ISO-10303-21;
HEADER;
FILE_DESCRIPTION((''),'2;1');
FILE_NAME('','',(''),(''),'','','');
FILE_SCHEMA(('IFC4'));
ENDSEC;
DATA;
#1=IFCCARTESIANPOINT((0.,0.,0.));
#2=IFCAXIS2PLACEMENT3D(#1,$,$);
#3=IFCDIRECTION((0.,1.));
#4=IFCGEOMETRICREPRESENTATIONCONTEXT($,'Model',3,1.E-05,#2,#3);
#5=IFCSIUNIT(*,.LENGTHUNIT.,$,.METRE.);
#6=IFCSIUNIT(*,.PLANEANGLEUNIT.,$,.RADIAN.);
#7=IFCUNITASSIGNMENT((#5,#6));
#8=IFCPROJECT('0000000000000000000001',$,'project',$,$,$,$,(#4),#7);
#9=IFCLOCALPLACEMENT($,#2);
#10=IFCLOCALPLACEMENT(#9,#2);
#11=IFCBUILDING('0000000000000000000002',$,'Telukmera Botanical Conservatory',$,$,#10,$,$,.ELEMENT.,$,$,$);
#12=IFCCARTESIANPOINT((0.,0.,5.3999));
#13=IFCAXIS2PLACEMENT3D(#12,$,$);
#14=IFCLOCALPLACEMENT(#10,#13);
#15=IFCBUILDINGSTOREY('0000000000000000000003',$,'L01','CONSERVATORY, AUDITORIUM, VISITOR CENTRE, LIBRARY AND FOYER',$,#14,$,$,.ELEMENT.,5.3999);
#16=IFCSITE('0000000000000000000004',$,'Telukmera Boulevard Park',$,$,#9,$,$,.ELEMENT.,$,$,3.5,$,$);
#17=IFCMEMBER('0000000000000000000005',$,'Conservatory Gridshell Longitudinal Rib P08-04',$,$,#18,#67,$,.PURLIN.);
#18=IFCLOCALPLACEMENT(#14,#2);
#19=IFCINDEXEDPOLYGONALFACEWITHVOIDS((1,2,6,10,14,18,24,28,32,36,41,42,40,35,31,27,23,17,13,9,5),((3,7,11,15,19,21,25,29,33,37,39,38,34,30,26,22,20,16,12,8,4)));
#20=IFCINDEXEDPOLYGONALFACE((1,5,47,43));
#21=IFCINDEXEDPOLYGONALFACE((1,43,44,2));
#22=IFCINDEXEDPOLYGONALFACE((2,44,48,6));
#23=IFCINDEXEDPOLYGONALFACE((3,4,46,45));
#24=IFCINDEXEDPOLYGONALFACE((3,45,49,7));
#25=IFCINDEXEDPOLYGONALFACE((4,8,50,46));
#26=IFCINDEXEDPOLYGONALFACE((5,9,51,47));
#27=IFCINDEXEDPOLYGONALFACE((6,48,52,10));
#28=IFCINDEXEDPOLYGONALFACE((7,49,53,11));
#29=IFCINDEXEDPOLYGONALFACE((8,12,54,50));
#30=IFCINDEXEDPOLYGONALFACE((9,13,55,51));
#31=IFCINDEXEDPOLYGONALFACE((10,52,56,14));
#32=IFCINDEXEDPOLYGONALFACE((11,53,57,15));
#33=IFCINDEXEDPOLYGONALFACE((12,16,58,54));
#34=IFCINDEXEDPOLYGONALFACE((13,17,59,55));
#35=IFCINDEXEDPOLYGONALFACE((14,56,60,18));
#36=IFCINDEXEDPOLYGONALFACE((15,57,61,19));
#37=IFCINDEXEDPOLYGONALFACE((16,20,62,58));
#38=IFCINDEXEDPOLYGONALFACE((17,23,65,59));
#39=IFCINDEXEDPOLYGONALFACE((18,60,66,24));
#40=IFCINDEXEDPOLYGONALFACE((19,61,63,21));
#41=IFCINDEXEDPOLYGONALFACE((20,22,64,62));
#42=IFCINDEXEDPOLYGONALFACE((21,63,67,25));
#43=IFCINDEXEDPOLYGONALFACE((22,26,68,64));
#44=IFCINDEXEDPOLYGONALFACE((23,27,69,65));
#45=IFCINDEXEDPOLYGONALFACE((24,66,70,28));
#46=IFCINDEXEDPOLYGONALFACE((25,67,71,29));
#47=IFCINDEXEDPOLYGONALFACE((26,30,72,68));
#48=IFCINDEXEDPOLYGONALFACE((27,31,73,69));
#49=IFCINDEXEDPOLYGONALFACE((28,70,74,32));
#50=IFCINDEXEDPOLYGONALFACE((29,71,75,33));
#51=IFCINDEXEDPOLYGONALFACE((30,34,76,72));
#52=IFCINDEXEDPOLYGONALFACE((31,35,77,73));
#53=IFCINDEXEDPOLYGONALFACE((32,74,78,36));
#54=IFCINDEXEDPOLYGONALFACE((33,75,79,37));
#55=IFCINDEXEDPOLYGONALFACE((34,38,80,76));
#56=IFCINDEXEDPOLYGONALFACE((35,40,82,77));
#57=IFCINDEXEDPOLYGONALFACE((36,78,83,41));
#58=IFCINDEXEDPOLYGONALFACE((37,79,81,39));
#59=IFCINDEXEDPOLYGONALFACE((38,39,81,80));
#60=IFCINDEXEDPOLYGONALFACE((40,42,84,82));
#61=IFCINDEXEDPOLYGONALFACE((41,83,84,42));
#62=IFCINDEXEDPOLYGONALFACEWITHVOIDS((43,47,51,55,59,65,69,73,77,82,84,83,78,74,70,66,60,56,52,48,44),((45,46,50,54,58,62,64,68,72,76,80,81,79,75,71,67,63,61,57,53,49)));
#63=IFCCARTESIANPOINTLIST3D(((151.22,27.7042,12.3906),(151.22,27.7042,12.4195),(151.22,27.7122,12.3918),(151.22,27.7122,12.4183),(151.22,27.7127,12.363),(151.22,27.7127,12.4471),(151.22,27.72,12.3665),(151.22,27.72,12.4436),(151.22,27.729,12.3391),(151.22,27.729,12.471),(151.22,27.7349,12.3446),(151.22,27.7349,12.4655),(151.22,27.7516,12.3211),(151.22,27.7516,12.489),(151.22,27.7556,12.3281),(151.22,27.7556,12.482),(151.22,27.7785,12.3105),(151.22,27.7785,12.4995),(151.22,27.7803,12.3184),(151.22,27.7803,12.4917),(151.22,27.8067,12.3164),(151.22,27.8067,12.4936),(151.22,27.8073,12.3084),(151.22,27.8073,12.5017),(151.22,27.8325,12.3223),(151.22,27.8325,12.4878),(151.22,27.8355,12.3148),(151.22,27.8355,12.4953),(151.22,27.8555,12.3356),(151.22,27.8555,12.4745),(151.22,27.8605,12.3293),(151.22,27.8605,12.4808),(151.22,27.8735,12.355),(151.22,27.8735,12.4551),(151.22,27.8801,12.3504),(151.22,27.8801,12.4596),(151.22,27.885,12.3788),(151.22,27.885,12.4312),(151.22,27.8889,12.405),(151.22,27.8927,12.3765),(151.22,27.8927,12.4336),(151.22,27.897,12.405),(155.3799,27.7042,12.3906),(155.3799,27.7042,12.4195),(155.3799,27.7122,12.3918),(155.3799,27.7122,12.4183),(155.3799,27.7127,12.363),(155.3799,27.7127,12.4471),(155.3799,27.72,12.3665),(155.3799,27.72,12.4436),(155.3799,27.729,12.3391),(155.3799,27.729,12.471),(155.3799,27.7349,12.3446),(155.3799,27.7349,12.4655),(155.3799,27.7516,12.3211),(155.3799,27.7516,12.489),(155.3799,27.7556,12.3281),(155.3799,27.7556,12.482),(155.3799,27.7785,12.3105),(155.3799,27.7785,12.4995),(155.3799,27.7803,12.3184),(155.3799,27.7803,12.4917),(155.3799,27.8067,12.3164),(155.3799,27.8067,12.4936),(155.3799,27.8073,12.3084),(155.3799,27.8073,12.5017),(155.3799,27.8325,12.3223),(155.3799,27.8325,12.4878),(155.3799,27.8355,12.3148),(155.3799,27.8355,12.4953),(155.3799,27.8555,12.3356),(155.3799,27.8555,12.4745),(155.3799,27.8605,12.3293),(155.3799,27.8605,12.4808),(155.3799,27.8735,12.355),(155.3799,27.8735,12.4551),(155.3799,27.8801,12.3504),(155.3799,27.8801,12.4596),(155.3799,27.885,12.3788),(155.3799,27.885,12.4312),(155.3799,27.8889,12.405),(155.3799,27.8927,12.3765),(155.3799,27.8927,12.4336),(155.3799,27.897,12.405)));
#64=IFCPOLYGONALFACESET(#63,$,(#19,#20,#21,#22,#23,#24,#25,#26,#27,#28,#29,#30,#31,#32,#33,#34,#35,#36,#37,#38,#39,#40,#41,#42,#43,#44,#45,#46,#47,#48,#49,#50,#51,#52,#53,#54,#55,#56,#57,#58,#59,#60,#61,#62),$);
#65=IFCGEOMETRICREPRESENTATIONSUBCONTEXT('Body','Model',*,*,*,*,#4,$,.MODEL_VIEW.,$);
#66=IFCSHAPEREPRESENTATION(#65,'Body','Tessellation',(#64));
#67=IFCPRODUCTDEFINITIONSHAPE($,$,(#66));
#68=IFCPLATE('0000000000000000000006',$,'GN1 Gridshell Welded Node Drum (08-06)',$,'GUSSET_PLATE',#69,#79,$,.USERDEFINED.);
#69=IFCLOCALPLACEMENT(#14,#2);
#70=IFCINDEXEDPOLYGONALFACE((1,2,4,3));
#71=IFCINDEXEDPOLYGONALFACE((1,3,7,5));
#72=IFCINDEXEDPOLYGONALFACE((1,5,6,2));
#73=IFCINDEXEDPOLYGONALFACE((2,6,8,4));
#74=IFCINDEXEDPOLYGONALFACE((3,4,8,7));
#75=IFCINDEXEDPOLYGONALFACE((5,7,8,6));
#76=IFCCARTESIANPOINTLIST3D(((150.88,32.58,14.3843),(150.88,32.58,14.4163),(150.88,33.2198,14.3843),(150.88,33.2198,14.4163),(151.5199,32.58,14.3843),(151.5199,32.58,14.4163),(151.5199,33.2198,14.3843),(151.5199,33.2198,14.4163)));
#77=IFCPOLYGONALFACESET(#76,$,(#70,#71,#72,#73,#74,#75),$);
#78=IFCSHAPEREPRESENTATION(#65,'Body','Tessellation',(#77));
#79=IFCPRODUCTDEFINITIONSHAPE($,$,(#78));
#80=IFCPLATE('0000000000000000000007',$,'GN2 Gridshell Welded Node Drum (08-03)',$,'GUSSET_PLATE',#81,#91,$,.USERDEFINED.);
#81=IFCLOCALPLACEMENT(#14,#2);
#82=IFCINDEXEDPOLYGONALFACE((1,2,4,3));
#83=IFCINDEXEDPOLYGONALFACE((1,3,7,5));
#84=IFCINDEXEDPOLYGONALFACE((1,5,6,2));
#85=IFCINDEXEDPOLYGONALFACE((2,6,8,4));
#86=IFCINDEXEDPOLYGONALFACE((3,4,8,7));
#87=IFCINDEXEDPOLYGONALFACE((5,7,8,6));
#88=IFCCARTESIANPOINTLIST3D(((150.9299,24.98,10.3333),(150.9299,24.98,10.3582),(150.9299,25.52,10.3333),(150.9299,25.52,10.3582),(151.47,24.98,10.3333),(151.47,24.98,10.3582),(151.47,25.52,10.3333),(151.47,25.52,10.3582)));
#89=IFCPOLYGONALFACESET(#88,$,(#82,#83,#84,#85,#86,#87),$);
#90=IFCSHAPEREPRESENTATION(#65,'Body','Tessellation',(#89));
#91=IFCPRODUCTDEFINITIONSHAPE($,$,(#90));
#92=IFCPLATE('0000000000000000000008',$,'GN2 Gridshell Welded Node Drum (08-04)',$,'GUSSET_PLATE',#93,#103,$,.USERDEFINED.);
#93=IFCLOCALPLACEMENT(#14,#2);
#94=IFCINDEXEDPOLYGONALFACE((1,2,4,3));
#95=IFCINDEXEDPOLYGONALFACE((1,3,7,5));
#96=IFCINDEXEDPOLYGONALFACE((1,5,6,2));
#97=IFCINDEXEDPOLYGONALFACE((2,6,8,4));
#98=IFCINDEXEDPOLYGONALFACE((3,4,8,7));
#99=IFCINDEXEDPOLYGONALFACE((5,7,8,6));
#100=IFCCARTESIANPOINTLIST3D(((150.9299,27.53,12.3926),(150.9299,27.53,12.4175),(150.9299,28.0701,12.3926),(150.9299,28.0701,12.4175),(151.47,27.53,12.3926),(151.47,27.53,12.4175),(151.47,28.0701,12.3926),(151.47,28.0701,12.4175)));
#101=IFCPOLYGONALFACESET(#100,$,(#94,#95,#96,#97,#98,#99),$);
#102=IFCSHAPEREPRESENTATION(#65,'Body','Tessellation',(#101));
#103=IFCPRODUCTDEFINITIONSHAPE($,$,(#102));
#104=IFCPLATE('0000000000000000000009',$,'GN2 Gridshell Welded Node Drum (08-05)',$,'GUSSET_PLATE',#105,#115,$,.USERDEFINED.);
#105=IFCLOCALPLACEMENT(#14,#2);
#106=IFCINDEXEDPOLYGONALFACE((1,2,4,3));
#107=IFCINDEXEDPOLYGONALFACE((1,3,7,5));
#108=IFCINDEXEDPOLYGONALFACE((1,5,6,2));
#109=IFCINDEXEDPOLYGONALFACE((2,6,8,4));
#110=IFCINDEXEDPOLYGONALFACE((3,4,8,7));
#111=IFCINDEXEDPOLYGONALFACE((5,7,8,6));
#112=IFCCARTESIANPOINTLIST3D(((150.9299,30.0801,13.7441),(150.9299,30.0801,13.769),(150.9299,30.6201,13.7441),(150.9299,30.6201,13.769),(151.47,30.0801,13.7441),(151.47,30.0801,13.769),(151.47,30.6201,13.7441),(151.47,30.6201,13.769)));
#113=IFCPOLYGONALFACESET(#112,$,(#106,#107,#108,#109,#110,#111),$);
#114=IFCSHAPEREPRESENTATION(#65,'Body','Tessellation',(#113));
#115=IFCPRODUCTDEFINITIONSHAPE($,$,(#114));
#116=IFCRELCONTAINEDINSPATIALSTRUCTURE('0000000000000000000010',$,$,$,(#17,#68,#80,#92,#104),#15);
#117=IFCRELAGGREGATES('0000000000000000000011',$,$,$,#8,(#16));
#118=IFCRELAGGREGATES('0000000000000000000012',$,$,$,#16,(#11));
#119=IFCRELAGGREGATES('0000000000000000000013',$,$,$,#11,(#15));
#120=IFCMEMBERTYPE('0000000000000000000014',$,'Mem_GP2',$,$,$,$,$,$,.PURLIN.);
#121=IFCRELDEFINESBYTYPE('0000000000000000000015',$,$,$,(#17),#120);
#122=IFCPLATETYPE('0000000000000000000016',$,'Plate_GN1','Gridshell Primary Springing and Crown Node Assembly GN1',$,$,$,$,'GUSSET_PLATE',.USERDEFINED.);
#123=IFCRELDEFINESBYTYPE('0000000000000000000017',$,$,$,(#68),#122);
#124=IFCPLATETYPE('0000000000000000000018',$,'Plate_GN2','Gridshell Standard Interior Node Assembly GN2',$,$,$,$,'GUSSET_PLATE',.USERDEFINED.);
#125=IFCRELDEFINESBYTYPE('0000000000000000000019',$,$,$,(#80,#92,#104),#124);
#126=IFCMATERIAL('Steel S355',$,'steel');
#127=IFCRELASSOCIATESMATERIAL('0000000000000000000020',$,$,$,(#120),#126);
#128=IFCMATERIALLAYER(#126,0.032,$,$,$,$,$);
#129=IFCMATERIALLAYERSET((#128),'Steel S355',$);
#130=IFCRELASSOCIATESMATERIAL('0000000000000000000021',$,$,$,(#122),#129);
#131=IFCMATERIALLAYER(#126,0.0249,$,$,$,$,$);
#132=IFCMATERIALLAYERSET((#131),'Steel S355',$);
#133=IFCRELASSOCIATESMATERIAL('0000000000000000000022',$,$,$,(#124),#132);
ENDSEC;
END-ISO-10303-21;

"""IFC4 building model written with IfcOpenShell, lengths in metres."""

from ifc_helpers import new_model, si_unit, direction, frame, origin, origin_2d, place, context, subcontext, project, spatial, rectangle, hollow_circle, extrude, material, layer, layer_set, material_profile, profile_set, type_object, element, save


model = new_model("IFC4")

# Units and contexts
model_context = context("Model", 3, precision=1e-05, world=origin(), true_north=direction((0.0, 1.0)))
body_context = subcontext(model_context, "Body", "Model", "MODEL_VIEW")
ifc_project = project(units=[si_unit("LENGTHUNIT", "METRE"), si_unit("PLANEANGLEUNIT", "RADIAN")], contexts=[model_context])

# Site, building, storey
site_placement = place(None, origin())
site = spatial("IfcSite", under=ifc_project, at=site_placement, Name="Telukmera Boulevard Park", CompositionType="ELEMENT", RefElevation=3.5)
building_placement = place(site_placement, origin())
building = spatial("IfcBuilding", under=site, at=building_placement, Name="Telukmera Botanical Conservatory", CompositionType="ELEMENT")
storey_placement = place(building_placement, frame((0.0, 0.0, 5.3999)))
storey = spatial("IfcBuildingStorey", under=building, at=storey_placement, Name="L01", Description="CONSERVATORY, AUDITORIUM, VISITOR CENTRE, LIBRARY AND FOYER", CompositionType="ELEMENT", Elevation=5.3999)

# Shared definitions
ifc_material = material(Name="Steel S355", Category="steel")

# Member
ifc_material_profile_1 = material_profile(ifc_material, hollow_circle(Radius=0.0969, WallThickness=0.0081, at=origin_2d()), Name="CHS 193.7x8.0")
ifc_profile_set_1 = profile_set([ifc_material_profile_1], Name="Steel S355")
member_type_1 = type_object("IfcMemberType", Name="Mem_GP2", PredefinedType="PURLIN", material=ifc_profile_set_1)
for number, where, z_axis, x_axis, name in (
    (1, (151.22, 27.8, 12.405), (1.0, 0.0, 0.0), (0.0, 1.0, 0.0), "Conservatory Gridshell Longitudinal Rib P08-04"),
):
    element("IfcMember", number, at=place(storey_placement, frame(where, z_axis=z_axis, x_axis=x_axis)), inside=storey, type_object=member_type_1, Name=name, PredefinedType="PURLIN", context=body_context, shape_type="SweptSolid", body=[
        extrude(hollow_circle(Radius=0.0969, WallThickness=0.0081, at=origin_2d()), origin(), (0.0, 0.0, 1.0), 4.1599),
    ])

# Plates
ifc_layer_1 = layer(ifc_material, 0.032)
ifc_layer_set_1 = layer_set([ifc_layer_1], Name="Steel S355")
plate_type_1 = type_object("IfcPlateType", Name="Plate_GN1", Description="Gridshell Primary Springing and Crown Node Assembly GN1", ElementType="GUSSET_PLATE", PredefinedType="USERDEFINED", material=ifc_layer_set_1)
plate_placement = place(storey_placement, frame((151.2, 32.8999, 14.3843), z_axis=(0.0, 0.0, 1.0), x_axis=(1.0, 0.0, 0.0)))
element("IfcPlate", 2, at=plate_placement, inside=storey, type_object=plate_type_1, Name="GN1 Gridshell Welded Node Drum (08-06)", ObjectType="GUSSET_PLATE", PredefinedType="USERDEFINED", context=body_context, shape_type="SweptSolid", body=[
    extrude(rectangle(XDim=0.6399, YDim=0.6399, at=origin_2d()), origin(), (0.0, 0.0, 1.0), 0.032),
])
ifc_layer_2 = layer(ifc_material, 0.0249)
ifc_layer_set_2 = layer_set([ifc_layer_2], Name="Steel S355")
plate_type_2 = type_object("IfcPlateType", Name="Plate_GN2", Description="Gridshell Standard Interior Node Assembly GN2", ElementType="GUSSET_PLATE", PredefinedType="USERDEFINED", material=ifc_layer_set_2)
for number, where, z_axis, x_axis, name in (
    (3, (151.2, 25.25, 10.3333), (0.0, 0.0, 1.0), (1.0, 0.0, 0.0), "GN2 Gridshell Welded Node Drum (08-03)"),
    (4, (151.2, 27.8, 12.3926), (0.0, 0.0, 1.0), (1.0, 0.0, 0.0), "GN2 Gridshell Welded Node Drum (08-04)"),
    (5, (151.2, 30.3501, 13.7441), (0.0, 0.0, 1.0), (1.0, 0.0, 0.0), "GN2 Gridshell Welded Node Drum (08-05)"),
):
    element("IfcPlate", number, at=place(storey_placement, frame(where, z_axis=z_axis, x_axis=x_axis)), inside=storey, type_object=plate_type_2, Name=name, ObjectType="GUSSET_PLATE", PredefinedType="USERDEFINED", context=body_context, shape_type="SweptSolid", body=[
        extrude(rectangle(XDim=0.54, YDim=0.54, at=origin_2d()), origin(), (0.0, 0.0, 1.0), 0.0249),
    ])

save(model, "model.ifc")
